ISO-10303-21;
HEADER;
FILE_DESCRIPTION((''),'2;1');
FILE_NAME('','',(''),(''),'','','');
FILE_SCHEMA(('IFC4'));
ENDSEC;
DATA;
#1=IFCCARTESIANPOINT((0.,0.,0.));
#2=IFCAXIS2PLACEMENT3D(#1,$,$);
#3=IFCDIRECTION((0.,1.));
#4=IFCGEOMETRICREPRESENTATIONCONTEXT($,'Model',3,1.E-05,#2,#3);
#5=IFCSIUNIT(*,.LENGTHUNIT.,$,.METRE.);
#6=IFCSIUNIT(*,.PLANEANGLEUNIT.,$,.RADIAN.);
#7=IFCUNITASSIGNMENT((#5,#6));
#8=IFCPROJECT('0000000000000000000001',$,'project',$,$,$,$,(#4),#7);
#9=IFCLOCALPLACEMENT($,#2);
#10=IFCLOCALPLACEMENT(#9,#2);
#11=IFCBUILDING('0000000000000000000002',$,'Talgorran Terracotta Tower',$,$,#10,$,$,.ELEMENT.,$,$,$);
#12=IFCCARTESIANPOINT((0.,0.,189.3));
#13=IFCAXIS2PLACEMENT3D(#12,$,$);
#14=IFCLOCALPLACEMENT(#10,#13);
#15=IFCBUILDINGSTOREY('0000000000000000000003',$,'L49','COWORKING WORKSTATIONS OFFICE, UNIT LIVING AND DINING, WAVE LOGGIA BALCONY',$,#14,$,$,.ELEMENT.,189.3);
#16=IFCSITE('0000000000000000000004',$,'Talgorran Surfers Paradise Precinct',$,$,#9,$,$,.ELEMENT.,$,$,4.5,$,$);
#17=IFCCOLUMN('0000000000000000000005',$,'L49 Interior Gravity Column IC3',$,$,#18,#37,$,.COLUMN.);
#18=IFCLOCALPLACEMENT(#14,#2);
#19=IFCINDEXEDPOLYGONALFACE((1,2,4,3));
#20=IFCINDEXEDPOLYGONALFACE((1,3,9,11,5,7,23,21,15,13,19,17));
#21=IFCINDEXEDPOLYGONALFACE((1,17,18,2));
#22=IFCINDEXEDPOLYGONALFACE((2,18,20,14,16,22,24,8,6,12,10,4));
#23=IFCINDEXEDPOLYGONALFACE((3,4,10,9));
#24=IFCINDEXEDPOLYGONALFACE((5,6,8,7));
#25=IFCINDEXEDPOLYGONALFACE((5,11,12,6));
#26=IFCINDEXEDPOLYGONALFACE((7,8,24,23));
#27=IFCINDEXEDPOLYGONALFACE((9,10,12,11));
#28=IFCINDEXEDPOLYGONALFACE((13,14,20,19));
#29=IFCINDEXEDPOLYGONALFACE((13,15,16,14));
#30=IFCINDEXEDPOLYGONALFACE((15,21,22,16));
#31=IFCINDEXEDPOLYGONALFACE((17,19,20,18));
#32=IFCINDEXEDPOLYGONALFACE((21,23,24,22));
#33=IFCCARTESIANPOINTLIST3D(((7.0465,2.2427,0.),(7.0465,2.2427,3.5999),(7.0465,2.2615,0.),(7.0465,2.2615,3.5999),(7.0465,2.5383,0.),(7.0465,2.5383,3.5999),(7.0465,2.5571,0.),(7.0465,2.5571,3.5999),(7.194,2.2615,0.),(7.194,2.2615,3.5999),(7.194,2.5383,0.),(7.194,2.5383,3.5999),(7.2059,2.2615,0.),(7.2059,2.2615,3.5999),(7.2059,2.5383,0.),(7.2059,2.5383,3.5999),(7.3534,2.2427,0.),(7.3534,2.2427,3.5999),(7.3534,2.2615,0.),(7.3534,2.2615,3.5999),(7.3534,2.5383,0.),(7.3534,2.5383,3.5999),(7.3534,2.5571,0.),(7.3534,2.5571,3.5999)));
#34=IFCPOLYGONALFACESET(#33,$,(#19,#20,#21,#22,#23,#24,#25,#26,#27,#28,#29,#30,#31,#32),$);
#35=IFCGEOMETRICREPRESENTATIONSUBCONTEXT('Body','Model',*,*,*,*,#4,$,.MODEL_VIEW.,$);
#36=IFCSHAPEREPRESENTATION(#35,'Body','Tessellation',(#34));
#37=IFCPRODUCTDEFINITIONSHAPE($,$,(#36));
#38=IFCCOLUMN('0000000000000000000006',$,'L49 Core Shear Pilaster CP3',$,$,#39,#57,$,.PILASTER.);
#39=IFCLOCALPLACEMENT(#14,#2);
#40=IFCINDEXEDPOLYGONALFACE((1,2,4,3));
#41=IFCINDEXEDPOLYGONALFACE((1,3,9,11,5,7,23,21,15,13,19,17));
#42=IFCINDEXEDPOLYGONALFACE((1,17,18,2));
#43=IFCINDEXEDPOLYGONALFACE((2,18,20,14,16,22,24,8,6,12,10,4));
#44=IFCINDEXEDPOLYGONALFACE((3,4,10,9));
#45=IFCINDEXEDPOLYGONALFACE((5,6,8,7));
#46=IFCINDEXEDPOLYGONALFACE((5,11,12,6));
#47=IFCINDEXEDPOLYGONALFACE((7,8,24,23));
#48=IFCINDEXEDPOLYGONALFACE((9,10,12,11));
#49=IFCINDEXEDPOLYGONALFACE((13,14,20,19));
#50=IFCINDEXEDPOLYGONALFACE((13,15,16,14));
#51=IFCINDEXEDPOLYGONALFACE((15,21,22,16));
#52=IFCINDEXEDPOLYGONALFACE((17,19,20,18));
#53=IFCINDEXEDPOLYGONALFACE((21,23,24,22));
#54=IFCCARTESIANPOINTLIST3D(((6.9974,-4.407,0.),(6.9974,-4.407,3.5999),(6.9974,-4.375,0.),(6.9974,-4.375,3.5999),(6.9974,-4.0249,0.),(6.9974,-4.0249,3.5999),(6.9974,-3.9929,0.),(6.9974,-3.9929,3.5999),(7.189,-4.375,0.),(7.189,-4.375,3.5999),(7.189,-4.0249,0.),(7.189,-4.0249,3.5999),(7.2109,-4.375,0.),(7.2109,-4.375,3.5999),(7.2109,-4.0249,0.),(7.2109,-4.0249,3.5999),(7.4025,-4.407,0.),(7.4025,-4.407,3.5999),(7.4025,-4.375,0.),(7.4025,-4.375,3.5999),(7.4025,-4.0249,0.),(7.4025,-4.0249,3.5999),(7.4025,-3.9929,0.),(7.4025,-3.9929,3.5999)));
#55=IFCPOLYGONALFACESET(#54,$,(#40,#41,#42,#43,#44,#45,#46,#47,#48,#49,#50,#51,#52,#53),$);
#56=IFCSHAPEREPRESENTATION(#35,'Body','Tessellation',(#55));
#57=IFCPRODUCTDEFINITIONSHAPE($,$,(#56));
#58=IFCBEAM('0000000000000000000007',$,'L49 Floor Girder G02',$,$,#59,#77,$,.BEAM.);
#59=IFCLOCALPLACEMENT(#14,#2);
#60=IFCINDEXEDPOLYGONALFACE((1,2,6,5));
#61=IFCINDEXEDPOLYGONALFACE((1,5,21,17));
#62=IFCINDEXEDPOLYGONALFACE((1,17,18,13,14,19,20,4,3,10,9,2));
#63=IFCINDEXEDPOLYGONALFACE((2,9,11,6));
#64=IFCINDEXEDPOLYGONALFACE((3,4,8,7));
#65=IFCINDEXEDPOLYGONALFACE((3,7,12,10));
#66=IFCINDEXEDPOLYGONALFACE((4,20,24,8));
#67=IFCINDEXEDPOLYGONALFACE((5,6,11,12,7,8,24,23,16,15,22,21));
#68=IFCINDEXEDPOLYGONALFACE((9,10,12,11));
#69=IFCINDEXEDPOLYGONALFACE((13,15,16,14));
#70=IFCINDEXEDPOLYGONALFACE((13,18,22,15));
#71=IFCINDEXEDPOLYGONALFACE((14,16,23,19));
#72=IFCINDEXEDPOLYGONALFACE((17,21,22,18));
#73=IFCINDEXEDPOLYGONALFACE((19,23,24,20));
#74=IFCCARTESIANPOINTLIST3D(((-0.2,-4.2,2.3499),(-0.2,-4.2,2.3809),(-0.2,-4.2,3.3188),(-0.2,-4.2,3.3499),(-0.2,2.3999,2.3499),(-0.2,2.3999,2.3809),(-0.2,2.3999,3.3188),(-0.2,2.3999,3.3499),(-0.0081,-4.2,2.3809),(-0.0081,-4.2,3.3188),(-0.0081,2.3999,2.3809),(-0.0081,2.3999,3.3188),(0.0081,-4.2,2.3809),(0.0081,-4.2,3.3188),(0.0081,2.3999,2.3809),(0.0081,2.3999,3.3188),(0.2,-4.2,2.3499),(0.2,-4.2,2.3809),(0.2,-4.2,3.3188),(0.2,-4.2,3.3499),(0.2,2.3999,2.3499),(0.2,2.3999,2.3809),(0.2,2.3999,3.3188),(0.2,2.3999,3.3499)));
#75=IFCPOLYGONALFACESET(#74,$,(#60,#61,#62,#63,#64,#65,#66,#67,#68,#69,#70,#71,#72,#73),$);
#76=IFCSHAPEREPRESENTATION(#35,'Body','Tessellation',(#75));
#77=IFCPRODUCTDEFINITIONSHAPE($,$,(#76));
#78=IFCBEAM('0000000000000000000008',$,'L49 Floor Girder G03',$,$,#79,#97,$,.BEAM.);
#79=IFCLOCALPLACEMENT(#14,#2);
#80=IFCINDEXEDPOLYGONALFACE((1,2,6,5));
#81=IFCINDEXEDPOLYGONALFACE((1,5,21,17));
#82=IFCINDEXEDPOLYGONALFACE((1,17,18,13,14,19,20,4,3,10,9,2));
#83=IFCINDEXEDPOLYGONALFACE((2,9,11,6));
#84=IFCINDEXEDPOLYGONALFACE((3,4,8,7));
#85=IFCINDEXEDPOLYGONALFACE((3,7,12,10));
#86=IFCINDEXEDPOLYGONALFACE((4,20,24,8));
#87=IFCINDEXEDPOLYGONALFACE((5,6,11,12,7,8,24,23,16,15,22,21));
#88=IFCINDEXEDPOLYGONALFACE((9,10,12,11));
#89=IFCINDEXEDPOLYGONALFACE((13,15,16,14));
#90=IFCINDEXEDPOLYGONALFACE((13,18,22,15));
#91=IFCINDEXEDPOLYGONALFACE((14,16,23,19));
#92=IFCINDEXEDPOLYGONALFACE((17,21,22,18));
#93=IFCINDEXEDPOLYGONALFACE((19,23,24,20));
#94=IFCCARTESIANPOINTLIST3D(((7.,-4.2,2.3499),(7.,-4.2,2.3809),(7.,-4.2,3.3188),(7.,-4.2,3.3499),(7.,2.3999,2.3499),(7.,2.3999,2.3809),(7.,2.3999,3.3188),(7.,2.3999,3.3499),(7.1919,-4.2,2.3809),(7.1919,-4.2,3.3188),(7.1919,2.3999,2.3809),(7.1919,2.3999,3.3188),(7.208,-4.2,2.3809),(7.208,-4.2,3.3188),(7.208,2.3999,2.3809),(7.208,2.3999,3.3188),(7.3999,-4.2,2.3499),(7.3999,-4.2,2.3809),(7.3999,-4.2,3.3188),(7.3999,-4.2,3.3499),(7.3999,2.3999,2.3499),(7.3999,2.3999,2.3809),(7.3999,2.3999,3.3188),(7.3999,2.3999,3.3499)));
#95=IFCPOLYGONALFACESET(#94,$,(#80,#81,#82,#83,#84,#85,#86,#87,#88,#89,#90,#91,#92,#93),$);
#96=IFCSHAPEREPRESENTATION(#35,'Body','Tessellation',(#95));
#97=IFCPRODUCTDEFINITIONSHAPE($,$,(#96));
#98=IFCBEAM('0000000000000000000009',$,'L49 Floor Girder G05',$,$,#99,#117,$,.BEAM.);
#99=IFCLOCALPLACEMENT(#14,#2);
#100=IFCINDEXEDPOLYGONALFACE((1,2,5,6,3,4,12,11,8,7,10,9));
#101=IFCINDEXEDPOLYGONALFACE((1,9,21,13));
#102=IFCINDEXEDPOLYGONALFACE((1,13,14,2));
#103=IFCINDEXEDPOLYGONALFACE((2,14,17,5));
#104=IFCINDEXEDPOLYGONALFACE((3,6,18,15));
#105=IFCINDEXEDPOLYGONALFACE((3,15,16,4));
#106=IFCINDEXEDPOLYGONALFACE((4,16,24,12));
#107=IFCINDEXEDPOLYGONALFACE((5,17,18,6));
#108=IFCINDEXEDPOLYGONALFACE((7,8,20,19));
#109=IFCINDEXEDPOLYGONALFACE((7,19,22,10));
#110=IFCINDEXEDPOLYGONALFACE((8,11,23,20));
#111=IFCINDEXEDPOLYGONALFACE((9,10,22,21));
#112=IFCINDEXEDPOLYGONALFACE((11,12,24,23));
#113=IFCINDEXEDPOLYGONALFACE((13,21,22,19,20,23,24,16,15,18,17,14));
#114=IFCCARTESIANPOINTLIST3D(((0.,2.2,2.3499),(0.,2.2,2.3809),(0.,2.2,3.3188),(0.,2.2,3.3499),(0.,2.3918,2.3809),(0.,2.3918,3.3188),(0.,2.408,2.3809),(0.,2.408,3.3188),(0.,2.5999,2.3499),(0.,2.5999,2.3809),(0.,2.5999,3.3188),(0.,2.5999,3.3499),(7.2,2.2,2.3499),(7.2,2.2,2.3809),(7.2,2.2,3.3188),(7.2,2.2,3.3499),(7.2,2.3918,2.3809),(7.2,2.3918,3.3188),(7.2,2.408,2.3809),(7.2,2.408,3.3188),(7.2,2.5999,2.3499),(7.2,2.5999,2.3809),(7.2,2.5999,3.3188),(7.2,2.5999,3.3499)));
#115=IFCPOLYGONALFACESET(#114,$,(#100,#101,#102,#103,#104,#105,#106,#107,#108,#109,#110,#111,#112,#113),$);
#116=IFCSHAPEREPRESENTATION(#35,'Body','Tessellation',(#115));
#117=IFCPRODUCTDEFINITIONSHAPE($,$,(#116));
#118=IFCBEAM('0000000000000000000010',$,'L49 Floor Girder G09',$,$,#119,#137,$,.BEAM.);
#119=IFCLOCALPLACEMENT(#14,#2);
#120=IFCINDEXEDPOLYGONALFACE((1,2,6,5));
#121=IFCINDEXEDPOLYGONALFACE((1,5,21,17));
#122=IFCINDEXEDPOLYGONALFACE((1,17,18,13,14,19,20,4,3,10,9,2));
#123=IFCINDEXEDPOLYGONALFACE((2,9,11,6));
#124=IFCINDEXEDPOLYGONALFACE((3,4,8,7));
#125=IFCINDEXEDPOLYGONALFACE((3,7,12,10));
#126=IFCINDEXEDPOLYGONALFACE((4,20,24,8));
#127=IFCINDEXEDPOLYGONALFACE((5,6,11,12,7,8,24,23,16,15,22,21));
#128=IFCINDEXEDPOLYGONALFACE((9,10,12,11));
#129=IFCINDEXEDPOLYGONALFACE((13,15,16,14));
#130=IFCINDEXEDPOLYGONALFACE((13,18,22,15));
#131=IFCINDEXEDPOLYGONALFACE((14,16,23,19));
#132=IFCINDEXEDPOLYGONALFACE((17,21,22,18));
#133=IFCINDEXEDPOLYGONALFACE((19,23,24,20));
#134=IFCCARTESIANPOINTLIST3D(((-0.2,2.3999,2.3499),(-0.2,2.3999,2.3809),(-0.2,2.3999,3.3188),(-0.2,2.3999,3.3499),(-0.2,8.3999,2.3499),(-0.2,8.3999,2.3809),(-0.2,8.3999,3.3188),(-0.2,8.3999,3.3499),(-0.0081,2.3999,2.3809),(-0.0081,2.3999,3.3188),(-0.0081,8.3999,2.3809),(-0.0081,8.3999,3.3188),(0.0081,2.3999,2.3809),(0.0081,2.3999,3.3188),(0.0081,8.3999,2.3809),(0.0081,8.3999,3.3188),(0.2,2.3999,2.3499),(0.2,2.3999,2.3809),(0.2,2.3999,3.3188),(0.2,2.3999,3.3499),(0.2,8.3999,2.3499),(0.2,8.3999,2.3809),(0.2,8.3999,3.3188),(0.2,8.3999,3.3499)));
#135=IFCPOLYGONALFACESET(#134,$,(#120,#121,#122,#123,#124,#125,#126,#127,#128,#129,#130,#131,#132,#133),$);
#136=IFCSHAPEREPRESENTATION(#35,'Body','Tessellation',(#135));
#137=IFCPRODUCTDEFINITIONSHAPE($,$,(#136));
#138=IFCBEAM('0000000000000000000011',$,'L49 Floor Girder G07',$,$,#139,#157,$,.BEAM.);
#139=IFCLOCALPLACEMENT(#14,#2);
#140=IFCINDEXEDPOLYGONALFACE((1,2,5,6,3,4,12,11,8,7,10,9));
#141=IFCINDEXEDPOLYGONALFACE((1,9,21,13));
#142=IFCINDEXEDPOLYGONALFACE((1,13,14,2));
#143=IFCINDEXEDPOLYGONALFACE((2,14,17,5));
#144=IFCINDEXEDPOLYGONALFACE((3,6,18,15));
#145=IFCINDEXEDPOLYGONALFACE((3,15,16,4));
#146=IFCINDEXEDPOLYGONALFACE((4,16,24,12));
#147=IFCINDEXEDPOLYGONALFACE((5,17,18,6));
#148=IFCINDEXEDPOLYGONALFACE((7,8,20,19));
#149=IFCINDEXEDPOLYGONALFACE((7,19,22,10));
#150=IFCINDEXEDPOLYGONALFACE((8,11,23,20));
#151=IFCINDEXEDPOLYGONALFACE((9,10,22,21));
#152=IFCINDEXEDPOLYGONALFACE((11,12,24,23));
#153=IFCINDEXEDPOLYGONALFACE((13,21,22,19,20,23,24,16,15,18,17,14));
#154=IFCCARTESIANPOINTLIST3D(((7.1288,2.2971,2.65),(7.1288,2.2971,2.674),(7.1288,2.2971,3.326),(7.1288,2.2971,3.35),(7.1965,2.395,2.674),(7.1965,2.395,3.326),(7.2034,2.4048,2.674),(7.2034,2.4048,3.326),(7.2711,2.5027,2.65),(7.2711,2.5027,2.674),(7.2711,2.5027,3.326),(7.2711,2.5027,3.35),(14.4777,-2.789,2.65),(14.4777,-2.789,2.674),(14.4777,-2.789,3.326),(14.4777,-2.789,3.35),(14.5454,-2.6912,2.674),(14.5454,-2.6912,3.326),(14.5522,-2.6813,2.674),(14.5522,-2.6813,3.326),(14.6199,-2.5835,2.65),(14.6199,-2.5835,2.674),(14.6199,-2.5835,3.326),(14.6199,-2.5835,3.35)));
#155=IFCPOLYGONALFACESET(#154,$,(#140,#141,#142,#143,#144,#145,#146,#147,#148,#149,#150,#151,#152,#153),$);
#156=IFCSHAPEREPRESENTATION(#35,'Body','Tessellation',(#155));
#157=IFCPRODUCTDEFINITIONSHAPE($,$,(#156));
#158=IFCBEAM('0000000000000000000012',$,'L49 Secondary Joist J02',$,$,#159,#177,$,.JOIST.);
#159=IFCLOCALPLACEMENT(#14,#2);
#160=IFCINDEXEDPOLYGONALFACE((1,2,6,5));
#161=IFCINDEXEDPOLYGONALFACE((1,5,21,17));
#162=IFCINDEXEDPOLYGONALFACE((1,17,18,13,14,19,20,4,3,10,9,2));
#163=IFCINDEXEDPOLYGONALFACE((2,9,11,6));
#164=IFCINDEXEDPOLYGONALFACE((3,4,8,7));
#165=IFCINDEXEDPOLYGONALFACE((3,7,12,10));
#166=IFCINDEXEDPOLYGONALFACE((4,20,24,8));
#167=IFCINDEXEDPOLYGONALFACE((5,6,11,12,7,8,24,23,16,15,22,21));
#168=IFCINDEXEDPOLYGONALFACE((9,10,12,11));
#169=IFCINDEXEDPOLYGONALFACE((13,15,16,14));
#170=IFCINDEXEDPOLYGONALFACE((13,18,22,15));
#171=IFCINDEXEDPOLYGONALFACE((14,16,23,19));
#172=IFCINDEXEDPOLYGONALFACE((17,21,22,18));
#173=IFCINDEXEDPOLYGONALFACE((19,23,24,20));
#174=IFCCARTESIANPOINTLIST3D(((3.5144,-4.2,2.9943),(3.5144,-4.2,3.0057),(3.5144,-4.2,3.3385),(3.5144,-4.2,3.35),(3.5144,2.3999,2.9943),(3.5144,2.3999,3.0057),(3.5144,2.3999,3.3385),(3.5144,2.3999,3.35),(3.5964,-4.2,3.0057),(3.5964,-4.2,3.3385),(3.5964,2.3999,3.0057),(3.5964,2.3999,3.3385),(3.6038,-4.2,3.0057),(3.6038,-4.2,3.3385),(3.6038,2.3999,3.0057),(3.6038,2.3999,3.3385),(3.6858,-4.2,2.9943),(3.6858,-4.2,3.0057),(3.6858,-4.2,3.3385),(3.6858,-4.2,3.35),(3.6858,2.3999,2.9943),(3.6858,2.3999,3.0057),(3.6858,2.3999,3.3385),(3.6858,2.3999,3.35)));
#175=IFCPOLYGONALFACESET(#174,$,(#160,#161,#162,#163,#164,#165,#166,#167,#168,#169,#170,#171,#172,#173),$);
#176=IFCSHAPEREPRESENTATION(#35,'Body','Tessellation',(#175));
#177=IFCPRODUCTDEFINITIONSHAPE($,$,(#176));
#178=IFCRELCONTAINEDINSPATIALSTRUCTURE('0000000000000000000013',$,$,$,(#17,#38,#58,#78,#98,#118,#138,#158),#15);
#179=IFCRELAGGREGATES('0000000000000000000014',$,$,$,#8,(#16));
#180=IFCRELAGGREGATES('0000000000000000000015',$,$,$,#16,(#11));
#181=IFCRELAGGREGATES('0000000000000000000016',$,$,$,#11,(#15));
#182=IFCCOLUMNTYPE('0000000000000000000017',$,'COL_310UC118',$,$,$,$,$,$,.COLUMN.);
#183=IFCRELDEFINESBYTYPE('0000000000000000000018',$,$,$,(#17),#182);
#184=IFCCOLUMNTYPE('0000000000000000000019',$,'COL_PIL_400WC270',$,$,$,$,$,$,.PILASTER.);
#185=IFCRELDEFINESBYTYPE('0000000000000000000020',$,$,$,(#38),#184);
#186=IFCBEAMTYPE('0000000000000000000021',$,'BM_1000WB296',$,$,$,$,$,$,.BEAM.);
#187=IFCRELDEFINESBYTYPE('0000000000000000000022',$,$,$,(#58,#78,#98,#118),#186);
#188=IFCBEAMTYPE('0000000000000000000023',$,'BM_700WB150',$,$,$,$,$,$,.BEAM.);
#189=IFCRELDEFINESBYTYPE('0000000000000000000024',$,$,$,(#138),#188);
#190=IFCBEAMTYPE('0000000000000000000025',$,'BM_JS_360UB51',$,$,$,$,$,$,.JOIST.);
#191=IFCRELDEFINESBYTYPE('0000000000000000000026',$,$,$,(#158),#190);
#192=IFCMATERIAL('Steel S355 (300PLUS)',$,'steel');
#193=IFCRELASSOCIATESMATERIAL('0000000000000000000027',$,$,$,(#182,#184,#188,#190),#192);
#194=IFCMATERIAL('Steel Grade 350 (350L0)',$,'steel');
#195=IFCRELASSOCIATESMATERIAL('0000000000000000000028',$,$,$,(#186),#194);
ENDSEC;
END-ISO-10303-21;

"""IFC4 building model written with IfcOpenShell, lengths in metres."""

from ifc_helpers import new_model, si_unit, direction, frame, origin, origin_2d, place, context, subcontext, project, spatial, i_section, extrude, material, material_profile, profile_set, type_object, element, save


model = new_model("IFC4")

# Units and contexts
model_context = context("Model", 3, precision=1e-05, world=origin(), true_north=direction((0.0, 1.0)))
body_context = subcontext(model_context, "Body", "Model", "MODEL_VIEW")
ifc_project = project(units=[si_unit("LENGTHUNIT", "METRE"), si_unit("PLANEANGLEUNIT", "RADIAN")], contexts=[model_context])

# Site, building, storey
site_placement = place(None, origin())
site = spatial("IfcSite", under=ifc_project, at=site_placement, Name="Talgorran Surfers Paradise Precinct", CompositionType="ELEMENT", RefElevation=4.5)
building_placement = place(site_placement, origin())
building = spatial("IfcBuilding", under=site, at=building_placement, Name="Talgorran Terracotta Tower", CompositionType="ELEMENT")
storey_placement = place(building_placement, frame((0.0, 0.0, 189.3)))
storey = spatial("IfcBuildingStorey", under=building, at=storey_placement, Name="L49", Description="COWORKING WORKSTATIONS OFFICE, UNIT LIVING AND DINING, WAVE LOGGIA BALCONY", CompositionType="ELEMENT", Elevation=189.3)

# Columns
ifc_material_1 = material(Name="Steel S355 (300PLUS)", Category="steel")
ifc_material_profile_1 = material_profile(ifc_material_1, i_section(OverallWidth=0.3069, OverallDepth=0.3145, WebThickness=0.012, FlangeThickness=0.0188, at=origin_2d()), Name="310UC118")
ifc_profile_set_1 = profile_set([ifc_material_profile_1], Name="Steel S355 (300PLUS)")
column_type_1 = type_object("IfcColumnType", Name="COL_310UC118", PredefinedType="COLUMN", material=ifc_profile_set_1)
column_1_placement = place(storey_placement, frame((7.2, 2.3999, 0.0), z_axis=(0.0, 0.0, 1.0), x_axis=(1.0, 0.0, 0.0)))
element("IfcColumn", 1, at=column_1_placement, inside=storey, type_object=column_type_1, Name="L49 Interior Gravity Column IC3", PredefinedType="COLUMN", context=body_context, shape_type="SweptSolid", body=[
    extrude(i_section(OverallWidth=0.3069, OverallDepth=0.3145, WebThickness=0.012, FlangeThickness=0.0188, at=origin_2d()), origin(), (0.0, 0.0, 1.0), 3.5999),
])
ifc_material_profile_2 = material_profile(ifc_material_1, i_section(OverallWidth=0.405, OverallDepth=0.4141, WebThickness=0.022, FlangeThickness=0.032, at=origin_2d()), Name="400WC270")
ifc_profile_set_2 = profile_set([ifc_material_profile_2], Name="Steel S355 (300PLUS)")
column_type_2 = type_object("IfcColumnType", Name="COL_PIL_400WC270", PredefinedType="PILASTER", material=ifc_profile_set_2)
column_2_placement = place(storey_placement, frame((7.2, -4.2, 0.0), z_axis=(0.0, 0.0, 1.0), x_axis=(1.0, 0.0, 0.0)))
element("IfcColumn", 2, at=column_2_placement, inside=storey, type_object=column_type_2, Name="L49 Core Shear Pilaster CP3", PredefinedType="PILASTER", context=body_context, shape_type="SweptSolid", body=[
    extrude(i_section(OverallWidth=0.405, OverallDepth=0.4141, WebThickness=0.022, FlangeThickness=0.032, at=origin_2d()), origin(), (0.0, 0.0, 1.0), 3.5999),
])

# Beams
ifc_material_2 = material(Name="Steel Grade 350 (350L0)", Category="steel")
ifc_material_profile_3 = material_profile(ifc_material_2, i_section(OverallWidth=0.3999, OverallDepth=1.0, WebThickness=0.0161, FlangeThickness=0.031, at=origin_2d()), Name="1000WB296")
ifc_profile_set_3 = profile_set([ifc_material_profile_3], Name="Steel Grade 350 (350L0)")
beam_type_1 = type_object("IfcBeamType", Name="BM_1000WB296", PredefinedType="BEAM", material=ifc_profile_set_3)
for number, where, z_axis, x_axis, name in (
    (3, (0.0, -4.2, 2.8499), (0.0, 1.0, 0.0), (-1.0, 0.0, 0.0), "L49 Floor Girder G02"),
    (4, (7.2, -4.2, 2.8499), (0.0, 1.0, 0.0), (-1.0, 0.0, 0.0), "L49 Floor Girder G03"),
):
    element("IfcBeam", number, at=place(storey_placement, frame(where, z_axis=z_axis, x_axis=x_axis)), inside=storey, type_object=beam_type_1, Name=name, PredefinedType="BEAM", context=body_context, shape_type="SweptSolid", body=[
        extrude(i_section(OverallWidth=0.3999, OverallDepth=1.0, WebThickness=0.0161, FlangeThickness=0.031, at=origin_2d()), origin(), (0.0, 0.0, 1.0), 6.5999),
    ])
beam_1_placement = place(storey_placement, frame((0.0, 2.3999, 2.8499), z_axis=(1.0, 0.0, 0.0), x_axis=(0.0, 1.0, 0.0)))
element("IfcBeam", 5, at=beam_1_placement, inside=storey, type_object=beam_type_1, Name="L49 Floor Girder G05", PredefinedType="BEAM", context=body_context, shape_type="SweptSolid", body=[
    extrude(i_section(OverallWidth=0.3999, OverallDepth=1.0, WebThickness=0.0161, FlangeThickness=0.031, at=origin_2d()), origin(), (0.0, 0.0, 1.0), 7.2),
])
beam_2_placement = place(storey_placement, frame((0.0, 2.3999, 2.8499), z_axis=(0.0, 1.0, 0.0), x_axis=(-1.0, 0.0, 0.0)))
element("IfcBeam", 6, at=beam_2_placement, inside=storey, type_object=beam_type_1, Name="L49 Floor Girder G09", PredefinedType="BEAM", context=body_context, shape_type="SweptSolid", body=[
    extrude(i_section(OverallWidth=0.3999, OverallDepth=1.0, WebThickness=0.0161, FlangeThickness=0.031, at=origin_2d()), origin(), (0.0, 0.0, 1.0), 6.0),
])
ifc_material_profile_4 = material_profile(ifc_material_1, i_section(OverallWidth=0.25, OverallDepth=0.7, WebThickness=0.012, FlangeThickness=0.0239, at=origin_2d()), Name="700WB150")
ifc_profile_set_4 = profile_set([ifc_material_profile_4], Name="Steel S355 (300PLUS)")
beam_type_2 = type_object("IfcBeamType", Name="BM_700WB150", PredefinedType="BEAM", material=ifc_profile_set_4)
beam_3_placement = place(storey_placement, frame((7.2, 2.3999, 3.0), z_axis=(0.822271, -0.569096, 0.0), x_axis=(0.569096, 0.822271, 0.0)))
element("IfcBeam", 7, at=beam_3_placement, inside=storey, type_object=beam_type_2, Name="L49 Floor Girder G07", PredefinedType="BEAM", context=body_context, shape_type="SweptSolid", body=[
    extrude(i_section(OverallWidth=0.25, OverallDepth=0.7, WebThickness=0.012, FlangeThickness=0.0239, at=origin_2d()), origin(), (0.0, 0.0, 1.0), 8.9373),
])
ifc_material_profile_5 = material_profile(ifc_material_1, i_section(OverallWidth=0.1714, OverallDepth=0.3557, WebThickness=0.0073, FlangeThickness=0.0115, at=origin_2d()), Name="360UB50.7")
ifc_profile_set_5 = profile_set([ifc_material_profile_5], Name="Steel S355 (300PLUS)")
beam_type_3 = type_object("IfcBeamType", Name="BM_JS_360UB51", PredefinedType="JOIST", material=ifc_profile_set_5)
beam_4_placement = place(storey_placement, frame((3.6001, -4.2, 3.1721), z_axis=(0.0, 1.0, 0.0), x_axis=(-1.0, 0.0, 0.0)))
element("IfcBeam", 8, at=beam_4_placement, inside=storey, type_object=beam_type_3, Name="L49 Secondary Joist J02", PredefinedType="JOIST", context=body_context, shape_type="SweptSolid", body=[
    extrude(i_section(OverallWidth=0.1714, OverallDepth=0.3557, WebThickness=0.0073, FlangeThickness=0.0115, at=origin_2d()), origin(), (0.0, 0.0, 1.0), 6.5999),
])

save(model, "model.ifc")
